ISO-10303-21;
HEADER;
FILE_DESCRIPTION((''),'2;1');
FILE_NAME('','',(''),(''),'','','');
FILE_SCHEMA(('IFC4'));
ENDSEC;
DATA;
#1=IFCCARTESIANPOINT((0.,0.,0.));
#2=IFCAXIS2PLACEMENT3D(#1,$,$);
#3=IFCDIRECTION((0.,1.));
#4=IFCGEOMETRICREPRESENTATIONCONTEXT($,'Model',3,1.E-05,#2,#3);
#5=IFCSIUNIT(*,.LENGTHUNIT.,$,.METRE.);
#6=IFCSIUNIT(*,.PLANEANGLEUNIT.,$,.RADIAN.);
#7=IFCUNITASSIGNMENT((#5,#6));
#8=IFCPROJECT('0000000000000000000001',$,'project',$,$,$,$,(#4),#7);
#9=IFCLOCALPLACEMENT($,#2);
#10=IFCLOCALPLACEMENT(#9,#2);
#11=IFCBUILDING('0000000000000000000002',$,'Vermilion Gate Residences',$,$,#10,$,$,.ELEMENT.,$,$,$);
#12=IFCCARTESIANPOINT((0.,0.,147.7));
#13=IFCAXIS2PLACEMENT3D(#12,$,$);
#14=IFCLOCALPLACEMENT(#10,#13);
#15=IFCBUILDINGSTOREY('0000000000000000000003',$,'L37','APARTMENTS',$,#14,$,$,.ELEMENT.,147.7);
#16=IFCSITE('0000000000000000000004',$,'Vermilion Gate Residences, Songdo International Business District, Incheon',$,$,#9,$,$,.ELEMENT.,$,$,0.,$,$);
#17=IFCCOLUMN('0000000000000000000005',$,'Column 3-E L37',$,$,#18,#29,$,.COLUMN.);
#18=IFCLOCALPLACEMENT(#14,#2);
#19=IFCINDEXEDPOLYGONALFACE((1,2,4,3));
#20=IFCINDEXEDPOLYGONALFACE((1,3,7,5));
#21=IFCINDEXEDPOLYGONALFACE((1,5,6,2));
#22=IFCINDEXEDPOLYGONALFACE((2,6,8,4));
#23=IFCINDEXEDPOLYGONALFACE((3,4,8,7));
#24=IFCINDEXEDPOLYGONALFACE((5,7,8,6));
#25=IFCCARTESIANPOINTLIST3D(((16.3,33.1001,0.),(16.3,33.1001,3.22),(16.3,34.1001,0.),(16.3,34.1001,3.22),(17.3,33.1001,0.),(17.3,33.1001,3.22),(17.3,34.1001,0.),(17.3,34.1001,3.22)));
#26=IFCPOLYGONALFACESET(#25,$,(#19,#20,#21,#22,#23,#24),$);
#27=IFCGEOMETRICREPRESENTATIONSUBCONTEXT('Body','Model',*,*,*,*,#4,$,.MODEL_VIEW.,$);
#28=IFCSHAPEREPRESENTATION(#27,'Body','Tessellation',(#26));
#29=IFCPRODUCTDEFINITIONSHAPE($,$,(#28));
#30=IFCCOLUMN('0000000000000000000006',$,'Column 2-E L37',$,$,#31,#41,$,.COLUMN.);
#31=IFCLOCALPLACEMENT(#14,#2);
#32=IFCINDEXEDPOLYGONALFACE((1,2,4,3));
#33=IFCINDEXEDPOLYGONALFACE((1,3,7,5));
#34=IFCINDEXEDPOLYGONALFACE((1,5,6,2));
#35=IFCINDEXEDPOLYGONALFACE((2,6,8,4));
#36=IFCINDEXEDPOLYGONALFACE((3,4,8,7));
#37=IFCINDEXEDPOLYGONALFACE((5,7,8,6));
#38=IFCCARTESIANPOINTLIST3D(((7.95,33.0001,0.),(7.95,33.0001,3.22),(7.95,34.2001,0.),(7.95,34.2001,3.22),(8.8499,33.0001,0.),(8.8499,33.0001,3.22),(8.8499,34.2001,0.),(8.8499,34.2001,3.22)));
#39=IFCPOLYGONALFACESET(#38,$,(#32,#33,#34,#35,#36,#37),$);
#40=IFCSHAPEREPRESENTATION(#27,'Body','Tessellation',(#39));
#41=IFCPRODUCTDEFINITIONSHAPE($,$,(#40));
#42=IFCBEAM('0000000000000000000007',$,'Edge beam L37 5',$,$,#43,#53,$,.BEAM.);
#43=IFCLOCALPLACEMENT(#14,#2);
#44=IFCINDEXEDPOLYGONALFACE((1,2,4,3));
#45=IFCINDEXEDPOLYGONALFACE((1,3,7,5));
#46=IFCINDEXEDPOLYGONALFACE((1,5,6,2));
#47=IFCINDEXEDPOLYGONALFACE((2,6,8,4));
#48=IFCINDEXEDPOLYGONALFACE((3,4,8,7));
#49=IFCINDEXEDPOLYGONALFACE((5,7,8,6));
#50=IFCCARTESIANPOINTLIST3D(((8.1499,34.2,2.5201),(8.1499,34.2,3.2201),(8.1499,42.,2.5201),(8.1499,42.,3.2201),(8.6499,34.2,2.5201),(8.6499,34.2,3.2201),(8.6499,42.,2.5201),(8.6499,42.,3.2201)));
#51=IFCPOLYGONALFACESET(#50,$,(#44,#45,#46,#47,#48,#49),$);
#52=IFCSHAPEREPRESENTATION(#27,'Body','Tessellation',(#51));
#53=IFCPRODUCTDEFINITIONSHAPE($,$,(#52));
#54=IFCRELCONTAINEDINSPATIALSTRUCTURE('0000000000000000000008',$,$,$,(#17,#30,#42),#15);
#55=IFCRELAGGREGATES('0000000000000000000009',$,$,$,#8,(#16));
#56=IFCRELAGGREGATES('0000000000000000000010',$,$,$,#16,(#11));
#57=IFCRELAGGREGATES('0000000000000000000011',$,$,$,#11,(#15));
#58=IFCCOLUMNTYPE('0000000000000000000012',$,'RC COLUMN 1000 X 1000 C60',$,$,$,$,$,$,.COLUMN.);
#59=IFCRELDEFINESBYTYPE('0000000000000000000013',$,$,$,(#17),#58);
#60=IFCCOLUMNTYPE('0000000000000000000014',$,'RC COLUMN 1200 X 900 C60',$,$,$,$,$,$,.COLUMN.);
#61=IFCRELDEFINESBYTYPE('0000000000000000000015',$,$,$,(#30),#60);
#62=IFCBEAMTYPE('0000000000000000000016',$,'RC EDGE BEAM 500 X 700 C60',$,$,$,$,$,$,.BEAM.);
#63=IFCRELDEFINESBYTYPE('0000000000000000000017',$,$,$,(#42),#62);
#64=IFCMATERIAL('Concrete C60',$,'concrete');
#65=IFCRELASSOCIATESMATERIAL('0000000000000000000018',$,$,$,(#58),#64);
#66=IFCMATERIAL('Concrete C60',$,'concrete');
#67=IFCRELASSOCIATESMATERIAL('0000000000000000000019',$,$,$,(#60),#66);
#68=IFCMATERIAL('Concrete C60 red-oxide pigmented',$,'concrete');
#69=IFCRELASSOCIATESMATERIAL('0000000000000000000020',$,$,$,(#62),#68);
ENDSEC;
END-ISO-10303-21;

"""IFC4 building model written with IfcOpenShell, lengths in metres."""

from ifc_helpers import new_model, si_unit, direction, frame, origin, origin_2d, place, context, subcontext, project, spatial, rectangle, extrude, material, material_profile, profile_set, type_object, element, save


model = new_model("IFC4")

# Units and contexts
model_context = context("Model", 3, precision=1e-05, world=origin(), true_north=direction((0.0, 1.0)))
body_context = subcontext(model_context, "Body", "Model", "MODEL_VIEW")
ifc_project = project(units=[si_unit("LENGTHUNIT", "METRE"), si_unit("PLANEANGLEUNIT", "RADIAN")], contexts=[model_context])

# Site, building, storey
site_placement = place(None, origin())
site = spatial("IfcSite", under=ifc_project, at=site_placement, Name="Vermilion Gate Residences, Songdo International Business District, Incheon", CompositionType="ELEMENT", RefElevation=0.0)
building_placement = place(site_placement, origin())
building = spatial("IfcBuilding", under=site, at=building_placement, Name="Vermilion Gate Residences", CompositionType="ELEMENT")
storey_placement = place(building_placement, frame((0.0, 0.0, 147.7)))
storey = spatial("IfcBuildingStorey", under=building, at=storey_placement, Name="L37", Description="APARTMENTS", CompositionType="ELEMENT", Elevation=147.7)

# Columns
ifc_material_1 = material(Name="Concrete C60", Category="concrete")
ifc_material_profile_1 = material_profile(ifc_material_1, rectangle(XDim=1.0, YDim=1.0, at=origin_2d()), Name="RC-1000x1000")
ifc_profile_set_1 = profile_set([ifc_material_profile_1], Name="Concrete C60")
column_type_1 = type_object("IfcColumnType", Name="RC COLUMN 1000 X 1000 C60", PredefinedType="COLUMN", material=ifc_profile_set_1)
column_1_placement = place(storey_placement, frame((16.8, 33.6001, 0.0), z_axis=(0.0, 0.0, 1.0), x_axis=(1.0, 0.0, 0.0)))
element("IfcColumn", 1, at=column_1_placement, inside=storey, type_object=column_type_1, Name="Column 3-E L37", PredefinedType="COLUMN", context=body_context, shape_type="SweptSolid", body=[
    extrude(rectangle(XDim=1.0, YDim=1.0, at=origin_2d()), origin(), (0.0, 0.0, 1.0), 3.22),
])
ifc_material_2 = material(Name="Concrete C60", Category="concrete")
ifc_material_profile_2 = material_profile(ifc_material_2, rectangle(XDim=1.2, YDim=0.8999, at=origin_2d()), Name="RC-1200x900")
ifc_profile_set_2 = profile_set([ifc_material_profile_2], Name="Concrete C60")
column_type_2 = type_object("IfcColumnType", Name="RC COLUMN 1200 X 900 C60", PredefinedType="COLUMN", material=ifc_profile_set_2)
column_2_placement = place(storey_placement, frame((8.3999, 33.6001, 0.0), z_axis=(0.0, 0.0, 1.0), x_axis=(0.0, 1.0, 0.0)))
element("IfcColumn", 2, at=column_2_placement, inside=storey, type_object=column_type_2, Name="Column 2-E L37", PredefinedType="COLUMN", context=body_context, shape_type="SweptSolid", body=[
    extrude(rectangle(XDim=1.2, YDim=0.8999, at=origin_2d()), origin(), (0.0, 0.0, 1.0), 3.22),
])

# Beam
ifc_material_3 = material(Name="Concrete C60 red-oxide pigmented", Category="concrete")
ifc_material_profile_3 = material_profile(ifc_material_3, rectangle(XDim=0.5, YDim=0.7, at=origin_2d()), Name="RC-500x700")
ifc_profile_set_3 = profile_set([ifc_material_profile_3], Name="Concrete C60 red-oxide pigmented")
beam_type = type_object("IfcBeamType", Name="RC EDGE BEAM 500 X 700 C60", PredefinedType="BEAM", material=ifc_profile_set_3)
beam_placement = place(storey_placement, frame((8.3999, 34.2, 2.8701), z_axis=(0.0, 1.0, 0.0), x_axis=(-1.0, 0.0, 0.0)))
element("IfcBeam", 3, at=beam_placement, inside=storey, type_object=beam_type, Name="Edge beam L37 5", PredefinedType="BEAM", context=body_context, shape_type="SweptSolid", body=[
    extrude(rectangle(XDim=0.5, YDim=0.7, at=origin_2d()), origin(), (0.0, 0.0, 1.0), 7.8),
])

save(model, "model.ifc")
